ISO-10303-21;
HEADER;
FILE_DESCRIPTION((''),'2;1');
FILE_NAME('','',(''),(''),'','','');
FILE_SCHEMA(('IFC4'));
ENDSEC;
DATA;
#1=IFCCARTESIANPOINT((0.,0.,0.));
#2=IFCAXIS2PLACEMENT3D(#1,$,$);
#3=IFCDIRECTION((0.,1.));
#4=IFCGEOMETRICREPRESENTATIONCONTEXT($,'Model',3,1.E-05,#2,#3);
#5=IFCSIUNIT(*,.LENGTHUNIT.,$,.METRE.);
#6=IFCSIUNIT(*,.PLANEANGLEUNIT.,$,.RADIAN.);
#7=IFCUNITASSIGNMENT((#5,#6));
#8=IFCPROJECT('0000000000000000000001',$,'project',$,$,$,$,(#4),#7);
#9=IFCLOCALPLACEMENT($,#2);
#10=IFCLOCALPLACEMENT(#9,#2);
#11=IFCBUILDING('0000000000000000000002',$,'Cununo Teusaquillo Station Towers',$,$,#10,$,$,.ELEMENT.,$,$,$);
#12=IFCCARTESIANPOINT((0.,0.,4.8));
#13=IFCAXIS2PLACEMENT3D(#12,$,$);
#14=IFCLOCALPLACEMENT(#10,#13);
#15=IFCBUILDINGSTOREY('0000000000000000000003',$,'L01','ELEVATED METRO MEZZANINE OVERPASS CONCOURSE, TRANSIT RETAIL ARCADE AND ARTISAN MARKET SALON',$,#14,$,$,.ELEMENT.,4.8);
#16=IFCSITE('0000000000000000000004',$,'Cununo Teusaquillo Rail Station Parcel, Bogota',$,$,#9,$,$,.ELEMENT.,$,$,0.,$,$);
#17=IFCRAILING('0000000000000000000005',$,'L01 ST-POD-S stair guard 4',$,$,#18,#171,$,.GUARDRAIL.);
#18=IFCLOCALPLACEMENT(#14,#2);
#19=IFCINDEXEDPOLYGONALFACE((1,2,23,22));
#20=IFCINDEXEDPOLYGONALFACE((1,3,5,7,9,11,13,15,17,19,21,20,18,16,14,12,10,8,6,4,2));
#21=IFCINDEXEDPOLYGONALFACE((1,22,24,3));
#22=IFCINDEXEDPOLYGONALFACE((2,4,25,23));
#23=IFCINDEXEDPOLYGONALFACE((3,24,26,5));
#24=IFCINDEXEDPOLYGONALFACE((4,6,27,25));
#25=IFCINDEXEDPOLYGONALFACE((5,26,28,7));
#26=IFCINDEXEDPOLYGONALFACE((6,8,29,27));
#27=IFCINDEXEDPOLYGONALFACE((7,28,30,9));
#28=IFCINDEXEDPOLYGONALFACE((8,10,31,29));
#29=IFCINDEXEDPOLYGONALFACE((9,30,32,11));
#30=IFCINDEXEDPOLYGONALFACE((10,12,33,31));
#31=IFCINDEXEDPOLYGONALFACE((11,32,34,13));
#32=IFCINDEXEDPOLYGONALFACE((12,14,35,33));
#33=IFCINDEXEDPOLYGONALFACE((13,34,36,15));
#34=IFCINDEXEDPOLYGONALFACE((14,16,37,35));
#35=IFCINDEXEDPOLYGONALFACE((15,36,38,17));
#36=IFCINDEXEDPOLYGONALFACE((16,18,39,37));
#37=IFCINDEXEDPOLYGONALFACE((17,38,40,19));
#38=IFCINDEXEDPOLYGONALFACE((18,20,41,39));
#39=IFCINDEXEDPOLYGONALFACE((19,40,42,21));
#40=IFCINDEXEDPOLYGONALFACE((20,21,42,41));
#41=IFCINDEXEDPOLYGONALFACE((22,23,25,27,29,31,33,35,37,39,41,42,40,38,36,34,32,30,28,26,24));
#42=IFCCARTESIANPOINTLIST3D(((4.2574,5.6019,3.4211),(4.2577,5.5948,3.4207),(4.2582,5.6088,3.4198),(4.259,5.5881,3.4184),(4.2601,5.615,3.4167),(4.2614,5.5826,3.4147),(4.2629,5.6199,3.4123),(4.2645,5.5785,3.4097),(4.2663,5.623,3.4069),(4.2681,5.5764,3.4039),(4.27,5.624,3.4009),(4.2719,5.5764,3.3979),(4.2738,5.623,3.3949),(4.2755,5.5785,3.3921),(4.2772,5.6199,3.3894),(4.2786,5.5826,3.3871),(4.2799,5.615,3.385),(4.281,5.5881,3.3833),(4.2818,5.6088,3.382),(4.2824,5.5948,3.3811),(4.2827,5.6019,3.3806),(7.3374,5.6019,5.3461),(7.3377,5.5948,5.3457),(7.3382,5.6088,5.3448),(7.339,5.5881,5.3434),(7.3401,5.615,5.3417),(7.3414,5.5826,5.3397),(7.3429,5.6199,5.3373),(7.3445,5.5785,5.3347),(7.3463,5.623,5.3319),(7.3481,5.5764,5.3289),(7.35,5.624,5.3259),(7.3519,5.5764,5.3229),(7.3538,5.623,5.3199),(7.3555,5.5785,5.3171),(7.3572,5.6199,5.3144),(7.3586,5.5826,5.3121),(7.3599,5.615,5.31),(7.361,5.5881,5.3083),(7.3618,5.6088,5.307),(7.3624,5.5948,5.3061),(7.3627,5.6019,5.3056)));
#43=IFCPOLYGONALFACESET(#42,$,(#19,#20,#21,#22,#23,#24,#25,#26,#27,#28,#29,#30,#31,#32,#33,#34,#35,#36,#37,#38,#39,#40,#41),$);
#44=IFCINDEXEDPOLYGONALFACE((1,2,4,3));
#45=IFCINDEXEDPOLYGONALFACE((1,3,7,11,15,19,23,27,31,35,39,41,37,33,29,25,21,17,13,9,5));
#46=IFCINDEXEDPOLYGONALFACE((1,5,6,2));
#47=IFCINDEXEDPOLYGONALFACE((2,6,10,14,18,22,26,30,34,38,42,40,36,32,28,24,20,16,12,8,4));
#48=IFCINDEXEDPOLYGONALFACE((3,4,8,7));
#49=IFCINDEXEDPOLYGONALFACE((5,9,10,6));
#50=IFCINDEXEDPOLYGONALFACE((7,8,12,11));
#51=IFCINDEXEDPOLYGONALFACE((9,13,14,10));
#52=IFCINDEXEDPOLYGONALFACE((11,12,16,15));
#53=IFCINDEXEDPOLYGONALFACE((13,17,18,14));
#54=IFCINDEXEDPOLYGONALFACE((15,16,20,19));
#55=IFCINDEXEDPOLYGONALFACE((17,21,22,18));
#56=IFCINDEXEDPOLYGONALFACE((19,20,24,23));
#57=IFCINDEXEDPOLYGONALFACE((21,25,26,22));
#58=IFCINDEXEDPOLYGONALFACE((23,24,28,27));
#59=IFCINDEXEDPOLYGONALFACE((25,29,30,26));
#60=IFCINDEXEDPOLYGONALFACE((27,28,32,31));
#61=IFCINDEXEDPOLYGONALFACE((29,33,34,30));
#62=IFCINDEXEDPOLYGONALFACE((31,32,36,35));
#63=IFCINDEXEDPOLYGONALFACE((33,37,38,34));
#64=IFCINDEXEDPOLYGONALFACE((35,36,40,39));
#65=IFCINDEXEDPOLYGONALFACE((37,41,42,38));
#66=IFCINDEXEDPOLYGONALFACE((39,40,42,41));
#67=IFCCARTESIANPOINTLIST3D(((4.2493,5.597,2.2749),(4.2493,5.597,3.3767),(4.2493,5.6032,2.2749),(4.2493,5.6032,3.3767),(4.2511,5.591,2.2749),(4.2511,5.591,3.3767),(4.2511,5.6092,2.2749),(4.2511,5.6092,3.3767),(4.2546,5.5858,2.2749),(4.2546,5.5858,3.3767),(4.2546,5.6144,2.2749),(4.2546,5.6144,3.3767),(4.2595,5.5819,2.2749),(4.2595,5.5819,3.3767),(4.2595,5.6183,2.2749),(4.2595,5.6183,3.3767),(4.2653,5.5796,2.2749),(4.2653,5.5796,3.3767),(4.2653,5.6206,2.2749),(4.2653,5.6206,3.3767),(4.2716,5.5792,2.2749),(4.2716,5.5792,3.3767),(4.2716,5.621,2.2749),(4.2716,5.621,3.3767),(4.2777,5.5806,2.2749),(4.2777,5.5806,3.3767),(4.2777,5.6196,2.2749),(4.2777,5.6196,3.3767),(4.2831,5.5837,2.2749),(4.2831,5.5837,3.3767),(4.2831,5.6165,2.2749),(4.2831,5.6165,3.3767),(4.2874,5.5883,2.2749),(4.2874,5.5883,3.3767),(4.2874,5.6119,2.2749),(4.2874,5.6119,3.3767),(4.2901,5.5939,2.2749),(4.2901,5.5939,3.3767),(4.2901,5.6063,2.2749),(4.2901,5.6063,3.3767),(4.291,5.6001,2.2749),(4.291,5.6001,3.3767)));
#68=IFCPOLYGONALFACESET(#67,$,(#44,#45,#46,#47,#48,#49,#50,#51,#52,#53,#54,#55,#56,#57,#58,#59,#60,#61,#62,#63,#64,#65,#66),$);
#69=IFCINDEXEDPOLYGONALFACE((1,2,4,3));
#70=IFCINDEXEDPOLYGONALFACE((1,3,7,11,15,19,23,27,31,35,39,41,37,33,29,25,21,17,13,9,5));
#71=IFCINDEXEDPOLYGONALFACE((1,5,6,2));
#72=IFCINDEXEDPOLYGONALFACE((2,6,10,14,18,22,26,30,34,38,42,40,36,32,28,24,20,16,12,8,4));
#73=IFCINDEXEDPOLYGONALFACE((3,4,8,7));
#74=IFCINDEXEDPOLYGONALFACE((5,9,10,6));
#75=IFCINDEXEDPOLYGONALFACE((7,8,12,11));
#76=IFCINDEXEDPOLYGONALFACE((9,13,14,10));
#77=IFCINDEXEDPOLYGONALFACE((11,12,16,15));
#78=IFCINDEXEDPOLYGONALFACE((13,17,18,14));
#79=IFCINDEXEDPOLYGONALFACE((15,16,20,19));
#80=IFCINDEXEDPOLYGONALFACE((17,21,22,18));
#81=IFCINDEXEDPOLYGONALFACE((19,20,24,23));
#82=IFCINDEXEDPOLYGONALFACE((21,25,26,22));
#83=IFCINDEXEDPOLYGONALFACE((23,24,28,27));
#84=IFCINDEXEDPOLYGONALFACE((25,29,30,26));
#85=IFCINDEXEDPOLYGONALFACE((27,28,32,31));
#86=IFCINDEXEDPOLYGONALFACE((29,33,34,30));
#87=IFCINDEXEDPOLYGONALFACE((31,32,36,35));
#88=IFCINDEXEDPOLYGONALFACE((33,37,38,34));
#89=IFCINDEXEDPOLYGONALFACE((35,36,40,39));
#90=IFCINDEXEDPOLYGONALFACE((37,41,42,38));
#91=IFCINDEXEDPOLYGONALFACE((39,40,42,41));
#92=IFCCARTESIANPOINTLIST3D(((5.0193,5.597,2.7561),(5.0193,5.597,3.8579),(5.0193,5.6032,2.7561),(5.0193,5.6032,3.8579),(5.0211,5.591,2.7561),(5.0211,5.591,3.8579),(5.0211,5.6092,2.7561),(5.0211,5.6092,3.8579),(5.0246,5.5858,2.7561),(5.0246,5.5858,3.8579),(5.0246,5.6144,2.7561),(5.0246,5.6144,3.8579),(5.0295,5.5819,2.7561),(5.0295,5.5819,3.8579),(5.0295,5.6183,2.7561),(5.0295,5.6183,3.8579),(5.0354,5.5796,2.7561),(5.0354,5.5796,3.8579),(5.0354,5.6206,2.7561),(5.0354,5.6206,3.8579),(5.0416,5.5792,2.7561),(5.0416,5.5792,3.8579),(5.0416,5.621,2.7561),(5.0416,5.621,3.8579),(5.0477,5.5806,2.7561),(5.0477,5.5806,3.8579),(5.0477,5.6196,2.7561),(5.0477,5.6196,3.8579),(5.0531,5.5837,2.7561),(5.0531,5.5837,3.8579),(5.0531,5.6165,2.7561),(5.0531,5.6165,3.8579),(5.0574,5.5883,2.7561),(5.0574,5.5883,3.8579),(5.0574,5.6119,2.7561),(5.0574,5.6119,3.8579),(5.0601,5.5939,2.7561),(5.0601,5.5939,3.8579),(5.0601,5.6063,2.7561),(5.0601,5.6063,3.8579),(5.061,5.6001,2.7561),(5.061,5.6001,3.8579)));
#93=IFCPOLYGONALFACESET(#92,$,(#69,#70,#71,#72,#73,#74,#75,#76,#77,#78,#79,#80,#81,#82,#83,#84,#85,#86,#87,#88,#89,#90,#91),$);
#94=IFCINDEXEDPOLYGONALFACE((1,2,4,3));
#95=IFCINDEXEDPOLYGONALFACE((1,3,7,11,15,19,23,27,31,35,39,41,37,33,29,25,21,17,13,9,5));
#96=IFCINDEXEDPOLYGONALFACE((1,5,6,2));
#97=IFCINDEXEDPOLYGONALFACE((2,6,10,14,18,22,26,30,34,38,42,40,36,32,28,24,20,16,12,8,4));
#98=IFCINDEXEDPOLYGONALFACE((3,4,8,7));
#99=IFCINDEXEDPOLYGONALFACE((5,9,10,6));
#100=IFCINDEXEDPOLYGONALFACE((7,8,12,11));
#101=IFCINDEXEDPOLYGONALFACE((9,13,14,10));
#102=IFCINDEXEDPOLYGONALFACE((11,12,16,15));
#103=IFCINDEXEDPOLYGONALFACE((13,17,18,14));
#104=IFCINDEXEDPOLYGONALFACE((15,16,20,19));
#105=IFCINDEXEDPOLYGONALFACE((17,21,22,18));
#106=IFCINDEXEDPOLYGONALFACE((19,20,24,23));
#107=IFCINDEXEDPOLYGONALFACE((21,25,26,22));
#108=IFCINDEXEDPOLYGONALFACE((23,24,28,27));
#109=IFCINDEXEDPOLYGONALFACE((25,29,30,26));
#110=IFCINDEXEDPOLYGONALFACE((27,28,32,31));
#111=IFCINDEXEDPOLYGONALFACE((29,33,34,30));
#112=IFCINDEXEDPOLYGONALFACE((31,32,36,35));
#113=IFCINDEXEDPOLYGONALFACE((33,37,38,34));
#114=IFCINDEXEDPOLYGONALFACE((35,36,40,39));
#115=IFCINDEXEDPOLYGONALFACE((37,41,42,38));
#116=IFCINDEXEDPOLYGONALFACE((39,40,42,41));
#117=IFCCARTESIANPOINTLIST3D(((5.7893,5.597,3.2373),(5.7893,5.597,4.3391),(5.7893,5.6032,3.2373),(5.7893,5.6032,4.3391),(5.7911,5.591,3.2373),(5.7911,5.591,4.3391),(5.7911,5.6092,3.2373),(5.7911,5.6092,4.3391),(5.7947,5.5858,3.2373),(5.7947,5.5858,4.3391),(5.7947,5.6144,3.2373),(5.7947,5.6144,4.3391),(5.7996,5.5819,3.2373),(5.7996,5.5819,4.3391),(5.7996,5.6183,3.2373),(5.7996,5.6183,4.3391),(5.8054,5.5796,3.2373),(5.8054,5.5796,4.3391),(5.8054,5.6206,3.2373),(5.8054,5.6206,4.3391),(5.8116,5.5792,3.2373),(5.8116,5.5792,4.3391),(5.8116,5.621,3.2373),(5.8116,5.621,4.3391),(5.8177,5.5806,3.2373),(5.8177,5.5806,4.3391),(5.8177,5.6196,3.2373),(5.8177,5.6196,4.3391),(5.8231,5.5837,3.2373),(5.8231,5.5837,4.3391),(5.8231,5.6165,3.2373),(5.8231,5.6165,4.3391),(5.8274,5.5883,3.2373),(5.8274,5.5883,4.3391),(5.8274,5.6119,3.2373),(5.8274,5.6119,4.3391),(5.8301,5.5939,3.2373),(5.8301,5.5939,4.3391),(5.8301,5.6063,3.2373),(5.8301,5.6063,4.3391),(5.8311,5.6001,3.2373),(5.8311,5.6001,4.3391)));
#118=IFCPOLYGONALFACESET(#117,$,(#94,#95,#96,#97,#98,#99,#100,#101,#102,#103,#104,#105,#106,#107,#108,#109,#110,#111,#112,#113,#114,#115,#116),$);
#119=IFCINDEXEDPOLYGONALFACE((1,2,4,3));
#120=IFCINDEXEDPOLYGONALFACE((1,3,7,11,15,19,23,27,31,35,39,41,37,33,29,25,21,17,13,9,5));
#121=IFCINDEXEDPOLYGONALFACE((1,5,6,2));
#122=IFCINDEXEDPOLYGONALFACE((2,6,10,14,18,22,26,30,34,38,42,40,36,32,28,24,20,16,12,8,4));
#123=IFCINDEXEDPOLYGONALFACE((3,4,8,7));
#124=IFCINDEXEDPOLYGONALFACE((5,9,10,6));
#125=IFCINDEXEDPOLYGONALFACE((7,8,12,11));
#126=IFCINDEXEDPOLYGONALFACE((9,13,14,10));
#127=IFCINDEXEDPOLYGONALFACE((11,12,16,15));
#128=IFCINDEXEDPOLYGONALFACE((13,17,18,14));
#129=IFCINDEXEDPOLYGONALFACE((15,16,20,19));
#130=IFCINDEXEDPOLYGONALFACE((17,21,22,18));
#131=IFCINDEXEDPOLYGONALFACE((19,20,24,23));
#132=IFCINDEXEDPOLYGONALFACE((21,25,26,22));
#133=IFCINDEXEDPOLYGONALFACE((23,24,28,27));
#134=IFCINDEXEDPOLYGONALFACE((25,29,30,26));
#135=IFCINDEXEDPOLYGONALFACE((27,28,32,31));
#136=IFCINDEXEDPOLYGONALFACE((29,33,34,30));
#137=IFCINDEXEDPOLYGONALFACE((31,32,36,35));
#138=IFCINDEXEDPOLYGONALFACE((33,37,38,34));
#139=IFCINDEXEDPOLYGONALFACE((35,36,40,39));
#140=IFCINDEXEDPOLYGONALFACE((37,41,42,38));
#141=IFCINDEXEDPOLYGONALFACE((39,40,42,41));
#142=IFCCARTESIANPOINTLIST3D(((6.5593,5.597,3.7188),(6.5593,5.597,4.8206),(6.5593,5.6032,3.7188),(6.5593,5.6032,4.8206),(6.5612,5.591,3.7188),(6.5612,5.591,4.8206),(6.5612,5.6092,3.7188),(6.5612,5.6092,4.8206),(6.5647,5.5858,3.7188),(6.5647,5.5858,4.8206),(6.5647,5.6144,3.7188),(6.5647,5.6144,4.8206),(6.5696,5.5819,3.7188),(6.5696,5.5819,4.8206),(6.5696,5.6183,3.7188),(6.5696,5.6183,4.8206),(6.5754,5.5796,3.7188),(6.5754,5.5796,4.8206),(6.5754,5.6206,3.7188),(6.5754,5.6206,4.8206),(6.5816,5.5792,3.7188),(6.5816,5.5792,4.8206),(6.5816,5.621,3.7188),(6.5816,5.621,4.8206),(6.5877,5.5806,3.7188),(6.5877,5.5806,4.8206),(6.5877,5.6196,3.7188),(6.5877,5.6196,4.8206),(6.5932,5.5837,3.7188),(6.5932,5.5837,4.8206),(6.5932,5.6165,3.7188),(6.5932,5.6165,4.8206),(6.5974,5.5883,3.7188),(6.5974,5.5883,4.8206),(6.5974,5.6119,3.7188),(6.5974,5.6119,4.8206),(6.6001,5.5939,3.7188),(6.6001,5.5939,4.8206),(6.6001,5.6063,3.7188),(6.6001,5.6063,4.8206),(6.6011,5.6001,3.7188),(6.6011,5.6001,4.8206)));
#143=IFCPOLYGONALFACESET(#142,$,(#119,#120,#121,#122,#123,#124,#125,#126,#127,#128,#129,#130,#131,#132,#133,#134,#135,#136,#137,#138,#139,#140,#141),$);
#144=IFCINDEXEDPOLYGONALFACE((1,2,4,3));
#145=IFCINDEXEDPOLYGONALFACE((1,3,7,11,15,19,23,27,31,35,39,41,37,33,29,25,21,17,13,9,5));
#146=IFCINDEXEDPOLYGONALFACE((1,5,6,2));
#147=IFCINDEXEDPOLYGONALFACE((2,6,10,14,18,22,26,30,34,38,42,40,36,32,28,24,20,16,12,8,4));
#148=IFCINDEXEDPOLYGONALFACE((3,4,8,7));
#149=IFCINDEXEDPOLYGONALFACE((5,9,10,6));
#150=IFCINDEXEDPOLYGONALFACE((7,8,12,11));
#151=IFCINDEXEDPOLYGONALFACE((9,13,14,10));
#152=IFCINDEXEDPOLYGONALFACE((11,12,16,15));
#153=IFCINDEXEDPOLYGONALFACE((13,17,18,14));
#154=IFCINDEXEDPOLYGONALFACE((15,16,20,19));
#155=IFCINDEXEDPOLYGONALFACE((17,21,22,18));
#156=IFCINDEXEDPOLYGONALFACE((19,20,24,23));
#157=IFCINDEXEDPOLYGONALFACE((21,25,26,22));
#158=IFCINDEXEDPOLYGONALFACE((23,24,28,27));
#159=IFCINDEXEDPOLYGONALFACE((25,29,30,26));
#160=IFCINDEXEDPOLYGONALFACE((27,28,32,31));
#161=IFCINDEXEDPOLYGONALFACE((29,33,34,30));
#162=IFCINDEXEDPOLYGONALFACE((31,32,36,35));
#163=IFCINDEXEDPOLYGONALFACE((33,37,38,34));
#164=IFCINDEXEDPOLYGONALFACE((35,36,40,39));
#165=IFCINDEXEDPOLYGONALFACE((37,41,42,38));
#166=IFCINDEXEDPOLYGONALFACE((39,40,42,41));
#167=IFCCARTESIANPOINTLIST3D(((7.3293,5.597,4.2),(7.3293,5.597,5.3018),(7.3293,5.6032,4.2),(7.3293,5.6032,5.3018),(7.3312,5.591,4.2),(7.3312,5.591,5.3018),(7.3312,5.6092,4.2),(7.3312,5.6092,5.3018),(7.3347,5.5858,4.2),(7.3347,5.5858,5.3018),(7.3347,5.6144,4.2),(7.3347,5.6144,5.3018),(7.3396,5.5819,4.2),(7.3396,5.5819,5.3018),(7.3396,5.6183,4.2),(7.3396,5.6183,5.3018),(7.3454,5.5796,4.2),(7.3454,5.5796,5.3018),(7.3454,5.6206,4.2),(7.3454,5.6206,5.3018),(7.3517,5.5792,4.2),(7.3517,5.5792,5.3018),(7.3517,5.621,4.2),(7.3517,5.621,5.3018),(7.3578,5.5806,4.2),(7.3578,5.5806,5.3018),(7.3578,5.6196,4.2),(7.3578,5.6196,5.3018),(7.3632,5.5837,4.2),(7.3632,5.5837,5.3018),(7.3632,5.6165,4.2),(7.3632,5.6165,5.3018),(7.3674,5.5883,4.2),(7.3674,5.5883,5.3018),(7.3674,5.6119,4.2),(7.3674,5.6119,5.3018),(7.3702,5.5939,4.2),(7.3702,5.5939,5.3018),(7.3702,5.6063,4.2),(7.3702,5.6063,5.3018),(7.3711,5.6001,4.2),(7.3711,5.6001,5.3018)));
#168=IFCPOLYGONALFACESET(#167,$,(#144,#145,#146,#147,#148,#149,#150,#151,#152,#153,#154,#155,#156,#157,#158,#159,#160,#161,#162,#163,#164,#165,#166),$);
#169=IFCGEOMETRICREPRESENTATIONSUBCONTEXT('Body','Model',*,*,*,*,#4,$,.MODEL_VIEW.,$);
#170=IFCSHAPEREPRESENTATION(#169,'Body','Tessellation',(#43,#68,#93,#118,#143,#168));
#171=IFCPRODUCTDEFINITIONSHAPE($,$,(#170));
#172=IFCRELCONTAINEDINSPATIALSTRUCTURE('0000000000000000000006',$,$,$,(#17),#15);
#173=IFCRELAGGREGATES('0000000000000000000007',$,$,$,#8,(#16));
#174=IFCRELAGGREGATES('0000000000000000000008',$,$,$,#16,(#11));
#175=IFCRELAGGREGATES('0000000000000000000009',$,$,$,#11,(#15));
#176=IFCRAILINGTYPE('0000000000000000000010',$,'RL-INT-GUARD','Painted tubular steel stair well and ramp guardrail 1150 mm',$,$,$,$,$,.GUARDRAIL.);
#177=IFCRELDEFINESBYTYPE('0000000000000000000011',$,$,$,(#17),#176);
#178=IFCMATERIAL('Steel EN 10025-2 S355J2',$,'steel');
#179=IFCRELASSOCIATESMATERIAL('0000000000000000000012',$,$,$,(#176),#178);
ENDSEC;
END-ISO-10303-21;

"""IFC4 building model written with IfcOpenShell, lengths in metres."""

from ifc_helpers import new_model, si_unit, direction, frame, origin, origin_2d, place, context, subcontext, project, spatial, circle, extrude, material, type_object, element, save


model = new_model("IFC4")

# Units and contexts
model_context = context("Model", 3, precision=1e-05, world=origin(), true_north=direction((0.0, 1.0)))
body_context = subcontext(model_context, "Body", "Model", "MODEL_VIEW")
ifc_project = project(units=[si_unit("LENGTHUNIT", "METRE"), si_unit("PLANEANGLEUNIT", "RADIAN")], contexts=[model_context])

# Site, building, storey
site_placement = place(None, origin())
site = spatial("IfcSite", under=ifc_project, at=site_placement, Name="Cununo Teusaquillo Rail Station Parcel, Bogota", CompositionType="ELEMENT", RefElevation=0.0)
building_placement = place(site_placement, origin())
building = spatial("IfcBuilding", under=site, at=building_placement, Name="Cununo Teusaquillo Station Towers", CompositionType="ELEMENT")
storey_placement = place(building_placement, frame((0.0, 0.0, 4.8)))
storey = spatial("IfcBuildingStorey", under=building, at=storey_placement, Name="L01", Description="ELEVATED METRO MEZZANINE OVERPASS CONCOURSE, TRANSIT RETAIL ARCADE AND ARTISAN MARKET SALON", CompositionType="ELEMENT", Elevation=4.8)

# Railing
ifc_material_1 = material(Name="Steel EN 10025-2 S355J2", Category="steel")
railing_type_1 = type_object("IfcRailingType", Name="RL-INT-GUARD", Description="Painted tubular steel stair well and ramp guardrail 1150 mm", PredefinedType="GUARDRAIL", material=ifc_material_1)
railing_1_placement = place(storey_placement, frame((4.27, 5.6001, 2.2749)))
element("IfcRailing", 1, at=railing_1_placement, inside=storey, type_object=railing_type_1, Name="L01 ST-POD-S stair guard 4", PredefinedType="GUARDRAIL", context=body_context, shape_type="SweptSolid", body=[
    extrude(circle(Radius=0.0239, at=origin_2d()), frame((0.0, 0.0, 1.126), z_axis=(0.847998, 0.0, 0.529999), x_axis=(0.0, 1.0, 0.0)), (0.0, 0.0, 1.0), 3.6321),
    extrude(circle(Radius=0.021, at=origin_2d()), origin(), (0.0, 0.0, 1.0), 1.1018),
    extrude(circle(Radius=0.021, at=origin_2d()), frame((0.77, 0.0, 0.4812)), (0.0, 0.0, 1.0), 1.1018),
    extrude(circle(Radius=0.021, at=origin_2d()), frame((1.54, 0.0, 0.9624)), (0.0, 0.0, 1.0), 1.1018),
    extrude(circle(Radius=0.021, at=origin_2d()), frame((2.3101, 0.0, 1.4438)), (0.0, 0.0, 1.0), 1.1018),
    extrude(circle(Radius=0.021, at=origin_2d()), frame((3.0801, 0.0, 1.925)), (0.0, 0.0, 1.0), 1.1018),
])

save(model, "model.ifc")
